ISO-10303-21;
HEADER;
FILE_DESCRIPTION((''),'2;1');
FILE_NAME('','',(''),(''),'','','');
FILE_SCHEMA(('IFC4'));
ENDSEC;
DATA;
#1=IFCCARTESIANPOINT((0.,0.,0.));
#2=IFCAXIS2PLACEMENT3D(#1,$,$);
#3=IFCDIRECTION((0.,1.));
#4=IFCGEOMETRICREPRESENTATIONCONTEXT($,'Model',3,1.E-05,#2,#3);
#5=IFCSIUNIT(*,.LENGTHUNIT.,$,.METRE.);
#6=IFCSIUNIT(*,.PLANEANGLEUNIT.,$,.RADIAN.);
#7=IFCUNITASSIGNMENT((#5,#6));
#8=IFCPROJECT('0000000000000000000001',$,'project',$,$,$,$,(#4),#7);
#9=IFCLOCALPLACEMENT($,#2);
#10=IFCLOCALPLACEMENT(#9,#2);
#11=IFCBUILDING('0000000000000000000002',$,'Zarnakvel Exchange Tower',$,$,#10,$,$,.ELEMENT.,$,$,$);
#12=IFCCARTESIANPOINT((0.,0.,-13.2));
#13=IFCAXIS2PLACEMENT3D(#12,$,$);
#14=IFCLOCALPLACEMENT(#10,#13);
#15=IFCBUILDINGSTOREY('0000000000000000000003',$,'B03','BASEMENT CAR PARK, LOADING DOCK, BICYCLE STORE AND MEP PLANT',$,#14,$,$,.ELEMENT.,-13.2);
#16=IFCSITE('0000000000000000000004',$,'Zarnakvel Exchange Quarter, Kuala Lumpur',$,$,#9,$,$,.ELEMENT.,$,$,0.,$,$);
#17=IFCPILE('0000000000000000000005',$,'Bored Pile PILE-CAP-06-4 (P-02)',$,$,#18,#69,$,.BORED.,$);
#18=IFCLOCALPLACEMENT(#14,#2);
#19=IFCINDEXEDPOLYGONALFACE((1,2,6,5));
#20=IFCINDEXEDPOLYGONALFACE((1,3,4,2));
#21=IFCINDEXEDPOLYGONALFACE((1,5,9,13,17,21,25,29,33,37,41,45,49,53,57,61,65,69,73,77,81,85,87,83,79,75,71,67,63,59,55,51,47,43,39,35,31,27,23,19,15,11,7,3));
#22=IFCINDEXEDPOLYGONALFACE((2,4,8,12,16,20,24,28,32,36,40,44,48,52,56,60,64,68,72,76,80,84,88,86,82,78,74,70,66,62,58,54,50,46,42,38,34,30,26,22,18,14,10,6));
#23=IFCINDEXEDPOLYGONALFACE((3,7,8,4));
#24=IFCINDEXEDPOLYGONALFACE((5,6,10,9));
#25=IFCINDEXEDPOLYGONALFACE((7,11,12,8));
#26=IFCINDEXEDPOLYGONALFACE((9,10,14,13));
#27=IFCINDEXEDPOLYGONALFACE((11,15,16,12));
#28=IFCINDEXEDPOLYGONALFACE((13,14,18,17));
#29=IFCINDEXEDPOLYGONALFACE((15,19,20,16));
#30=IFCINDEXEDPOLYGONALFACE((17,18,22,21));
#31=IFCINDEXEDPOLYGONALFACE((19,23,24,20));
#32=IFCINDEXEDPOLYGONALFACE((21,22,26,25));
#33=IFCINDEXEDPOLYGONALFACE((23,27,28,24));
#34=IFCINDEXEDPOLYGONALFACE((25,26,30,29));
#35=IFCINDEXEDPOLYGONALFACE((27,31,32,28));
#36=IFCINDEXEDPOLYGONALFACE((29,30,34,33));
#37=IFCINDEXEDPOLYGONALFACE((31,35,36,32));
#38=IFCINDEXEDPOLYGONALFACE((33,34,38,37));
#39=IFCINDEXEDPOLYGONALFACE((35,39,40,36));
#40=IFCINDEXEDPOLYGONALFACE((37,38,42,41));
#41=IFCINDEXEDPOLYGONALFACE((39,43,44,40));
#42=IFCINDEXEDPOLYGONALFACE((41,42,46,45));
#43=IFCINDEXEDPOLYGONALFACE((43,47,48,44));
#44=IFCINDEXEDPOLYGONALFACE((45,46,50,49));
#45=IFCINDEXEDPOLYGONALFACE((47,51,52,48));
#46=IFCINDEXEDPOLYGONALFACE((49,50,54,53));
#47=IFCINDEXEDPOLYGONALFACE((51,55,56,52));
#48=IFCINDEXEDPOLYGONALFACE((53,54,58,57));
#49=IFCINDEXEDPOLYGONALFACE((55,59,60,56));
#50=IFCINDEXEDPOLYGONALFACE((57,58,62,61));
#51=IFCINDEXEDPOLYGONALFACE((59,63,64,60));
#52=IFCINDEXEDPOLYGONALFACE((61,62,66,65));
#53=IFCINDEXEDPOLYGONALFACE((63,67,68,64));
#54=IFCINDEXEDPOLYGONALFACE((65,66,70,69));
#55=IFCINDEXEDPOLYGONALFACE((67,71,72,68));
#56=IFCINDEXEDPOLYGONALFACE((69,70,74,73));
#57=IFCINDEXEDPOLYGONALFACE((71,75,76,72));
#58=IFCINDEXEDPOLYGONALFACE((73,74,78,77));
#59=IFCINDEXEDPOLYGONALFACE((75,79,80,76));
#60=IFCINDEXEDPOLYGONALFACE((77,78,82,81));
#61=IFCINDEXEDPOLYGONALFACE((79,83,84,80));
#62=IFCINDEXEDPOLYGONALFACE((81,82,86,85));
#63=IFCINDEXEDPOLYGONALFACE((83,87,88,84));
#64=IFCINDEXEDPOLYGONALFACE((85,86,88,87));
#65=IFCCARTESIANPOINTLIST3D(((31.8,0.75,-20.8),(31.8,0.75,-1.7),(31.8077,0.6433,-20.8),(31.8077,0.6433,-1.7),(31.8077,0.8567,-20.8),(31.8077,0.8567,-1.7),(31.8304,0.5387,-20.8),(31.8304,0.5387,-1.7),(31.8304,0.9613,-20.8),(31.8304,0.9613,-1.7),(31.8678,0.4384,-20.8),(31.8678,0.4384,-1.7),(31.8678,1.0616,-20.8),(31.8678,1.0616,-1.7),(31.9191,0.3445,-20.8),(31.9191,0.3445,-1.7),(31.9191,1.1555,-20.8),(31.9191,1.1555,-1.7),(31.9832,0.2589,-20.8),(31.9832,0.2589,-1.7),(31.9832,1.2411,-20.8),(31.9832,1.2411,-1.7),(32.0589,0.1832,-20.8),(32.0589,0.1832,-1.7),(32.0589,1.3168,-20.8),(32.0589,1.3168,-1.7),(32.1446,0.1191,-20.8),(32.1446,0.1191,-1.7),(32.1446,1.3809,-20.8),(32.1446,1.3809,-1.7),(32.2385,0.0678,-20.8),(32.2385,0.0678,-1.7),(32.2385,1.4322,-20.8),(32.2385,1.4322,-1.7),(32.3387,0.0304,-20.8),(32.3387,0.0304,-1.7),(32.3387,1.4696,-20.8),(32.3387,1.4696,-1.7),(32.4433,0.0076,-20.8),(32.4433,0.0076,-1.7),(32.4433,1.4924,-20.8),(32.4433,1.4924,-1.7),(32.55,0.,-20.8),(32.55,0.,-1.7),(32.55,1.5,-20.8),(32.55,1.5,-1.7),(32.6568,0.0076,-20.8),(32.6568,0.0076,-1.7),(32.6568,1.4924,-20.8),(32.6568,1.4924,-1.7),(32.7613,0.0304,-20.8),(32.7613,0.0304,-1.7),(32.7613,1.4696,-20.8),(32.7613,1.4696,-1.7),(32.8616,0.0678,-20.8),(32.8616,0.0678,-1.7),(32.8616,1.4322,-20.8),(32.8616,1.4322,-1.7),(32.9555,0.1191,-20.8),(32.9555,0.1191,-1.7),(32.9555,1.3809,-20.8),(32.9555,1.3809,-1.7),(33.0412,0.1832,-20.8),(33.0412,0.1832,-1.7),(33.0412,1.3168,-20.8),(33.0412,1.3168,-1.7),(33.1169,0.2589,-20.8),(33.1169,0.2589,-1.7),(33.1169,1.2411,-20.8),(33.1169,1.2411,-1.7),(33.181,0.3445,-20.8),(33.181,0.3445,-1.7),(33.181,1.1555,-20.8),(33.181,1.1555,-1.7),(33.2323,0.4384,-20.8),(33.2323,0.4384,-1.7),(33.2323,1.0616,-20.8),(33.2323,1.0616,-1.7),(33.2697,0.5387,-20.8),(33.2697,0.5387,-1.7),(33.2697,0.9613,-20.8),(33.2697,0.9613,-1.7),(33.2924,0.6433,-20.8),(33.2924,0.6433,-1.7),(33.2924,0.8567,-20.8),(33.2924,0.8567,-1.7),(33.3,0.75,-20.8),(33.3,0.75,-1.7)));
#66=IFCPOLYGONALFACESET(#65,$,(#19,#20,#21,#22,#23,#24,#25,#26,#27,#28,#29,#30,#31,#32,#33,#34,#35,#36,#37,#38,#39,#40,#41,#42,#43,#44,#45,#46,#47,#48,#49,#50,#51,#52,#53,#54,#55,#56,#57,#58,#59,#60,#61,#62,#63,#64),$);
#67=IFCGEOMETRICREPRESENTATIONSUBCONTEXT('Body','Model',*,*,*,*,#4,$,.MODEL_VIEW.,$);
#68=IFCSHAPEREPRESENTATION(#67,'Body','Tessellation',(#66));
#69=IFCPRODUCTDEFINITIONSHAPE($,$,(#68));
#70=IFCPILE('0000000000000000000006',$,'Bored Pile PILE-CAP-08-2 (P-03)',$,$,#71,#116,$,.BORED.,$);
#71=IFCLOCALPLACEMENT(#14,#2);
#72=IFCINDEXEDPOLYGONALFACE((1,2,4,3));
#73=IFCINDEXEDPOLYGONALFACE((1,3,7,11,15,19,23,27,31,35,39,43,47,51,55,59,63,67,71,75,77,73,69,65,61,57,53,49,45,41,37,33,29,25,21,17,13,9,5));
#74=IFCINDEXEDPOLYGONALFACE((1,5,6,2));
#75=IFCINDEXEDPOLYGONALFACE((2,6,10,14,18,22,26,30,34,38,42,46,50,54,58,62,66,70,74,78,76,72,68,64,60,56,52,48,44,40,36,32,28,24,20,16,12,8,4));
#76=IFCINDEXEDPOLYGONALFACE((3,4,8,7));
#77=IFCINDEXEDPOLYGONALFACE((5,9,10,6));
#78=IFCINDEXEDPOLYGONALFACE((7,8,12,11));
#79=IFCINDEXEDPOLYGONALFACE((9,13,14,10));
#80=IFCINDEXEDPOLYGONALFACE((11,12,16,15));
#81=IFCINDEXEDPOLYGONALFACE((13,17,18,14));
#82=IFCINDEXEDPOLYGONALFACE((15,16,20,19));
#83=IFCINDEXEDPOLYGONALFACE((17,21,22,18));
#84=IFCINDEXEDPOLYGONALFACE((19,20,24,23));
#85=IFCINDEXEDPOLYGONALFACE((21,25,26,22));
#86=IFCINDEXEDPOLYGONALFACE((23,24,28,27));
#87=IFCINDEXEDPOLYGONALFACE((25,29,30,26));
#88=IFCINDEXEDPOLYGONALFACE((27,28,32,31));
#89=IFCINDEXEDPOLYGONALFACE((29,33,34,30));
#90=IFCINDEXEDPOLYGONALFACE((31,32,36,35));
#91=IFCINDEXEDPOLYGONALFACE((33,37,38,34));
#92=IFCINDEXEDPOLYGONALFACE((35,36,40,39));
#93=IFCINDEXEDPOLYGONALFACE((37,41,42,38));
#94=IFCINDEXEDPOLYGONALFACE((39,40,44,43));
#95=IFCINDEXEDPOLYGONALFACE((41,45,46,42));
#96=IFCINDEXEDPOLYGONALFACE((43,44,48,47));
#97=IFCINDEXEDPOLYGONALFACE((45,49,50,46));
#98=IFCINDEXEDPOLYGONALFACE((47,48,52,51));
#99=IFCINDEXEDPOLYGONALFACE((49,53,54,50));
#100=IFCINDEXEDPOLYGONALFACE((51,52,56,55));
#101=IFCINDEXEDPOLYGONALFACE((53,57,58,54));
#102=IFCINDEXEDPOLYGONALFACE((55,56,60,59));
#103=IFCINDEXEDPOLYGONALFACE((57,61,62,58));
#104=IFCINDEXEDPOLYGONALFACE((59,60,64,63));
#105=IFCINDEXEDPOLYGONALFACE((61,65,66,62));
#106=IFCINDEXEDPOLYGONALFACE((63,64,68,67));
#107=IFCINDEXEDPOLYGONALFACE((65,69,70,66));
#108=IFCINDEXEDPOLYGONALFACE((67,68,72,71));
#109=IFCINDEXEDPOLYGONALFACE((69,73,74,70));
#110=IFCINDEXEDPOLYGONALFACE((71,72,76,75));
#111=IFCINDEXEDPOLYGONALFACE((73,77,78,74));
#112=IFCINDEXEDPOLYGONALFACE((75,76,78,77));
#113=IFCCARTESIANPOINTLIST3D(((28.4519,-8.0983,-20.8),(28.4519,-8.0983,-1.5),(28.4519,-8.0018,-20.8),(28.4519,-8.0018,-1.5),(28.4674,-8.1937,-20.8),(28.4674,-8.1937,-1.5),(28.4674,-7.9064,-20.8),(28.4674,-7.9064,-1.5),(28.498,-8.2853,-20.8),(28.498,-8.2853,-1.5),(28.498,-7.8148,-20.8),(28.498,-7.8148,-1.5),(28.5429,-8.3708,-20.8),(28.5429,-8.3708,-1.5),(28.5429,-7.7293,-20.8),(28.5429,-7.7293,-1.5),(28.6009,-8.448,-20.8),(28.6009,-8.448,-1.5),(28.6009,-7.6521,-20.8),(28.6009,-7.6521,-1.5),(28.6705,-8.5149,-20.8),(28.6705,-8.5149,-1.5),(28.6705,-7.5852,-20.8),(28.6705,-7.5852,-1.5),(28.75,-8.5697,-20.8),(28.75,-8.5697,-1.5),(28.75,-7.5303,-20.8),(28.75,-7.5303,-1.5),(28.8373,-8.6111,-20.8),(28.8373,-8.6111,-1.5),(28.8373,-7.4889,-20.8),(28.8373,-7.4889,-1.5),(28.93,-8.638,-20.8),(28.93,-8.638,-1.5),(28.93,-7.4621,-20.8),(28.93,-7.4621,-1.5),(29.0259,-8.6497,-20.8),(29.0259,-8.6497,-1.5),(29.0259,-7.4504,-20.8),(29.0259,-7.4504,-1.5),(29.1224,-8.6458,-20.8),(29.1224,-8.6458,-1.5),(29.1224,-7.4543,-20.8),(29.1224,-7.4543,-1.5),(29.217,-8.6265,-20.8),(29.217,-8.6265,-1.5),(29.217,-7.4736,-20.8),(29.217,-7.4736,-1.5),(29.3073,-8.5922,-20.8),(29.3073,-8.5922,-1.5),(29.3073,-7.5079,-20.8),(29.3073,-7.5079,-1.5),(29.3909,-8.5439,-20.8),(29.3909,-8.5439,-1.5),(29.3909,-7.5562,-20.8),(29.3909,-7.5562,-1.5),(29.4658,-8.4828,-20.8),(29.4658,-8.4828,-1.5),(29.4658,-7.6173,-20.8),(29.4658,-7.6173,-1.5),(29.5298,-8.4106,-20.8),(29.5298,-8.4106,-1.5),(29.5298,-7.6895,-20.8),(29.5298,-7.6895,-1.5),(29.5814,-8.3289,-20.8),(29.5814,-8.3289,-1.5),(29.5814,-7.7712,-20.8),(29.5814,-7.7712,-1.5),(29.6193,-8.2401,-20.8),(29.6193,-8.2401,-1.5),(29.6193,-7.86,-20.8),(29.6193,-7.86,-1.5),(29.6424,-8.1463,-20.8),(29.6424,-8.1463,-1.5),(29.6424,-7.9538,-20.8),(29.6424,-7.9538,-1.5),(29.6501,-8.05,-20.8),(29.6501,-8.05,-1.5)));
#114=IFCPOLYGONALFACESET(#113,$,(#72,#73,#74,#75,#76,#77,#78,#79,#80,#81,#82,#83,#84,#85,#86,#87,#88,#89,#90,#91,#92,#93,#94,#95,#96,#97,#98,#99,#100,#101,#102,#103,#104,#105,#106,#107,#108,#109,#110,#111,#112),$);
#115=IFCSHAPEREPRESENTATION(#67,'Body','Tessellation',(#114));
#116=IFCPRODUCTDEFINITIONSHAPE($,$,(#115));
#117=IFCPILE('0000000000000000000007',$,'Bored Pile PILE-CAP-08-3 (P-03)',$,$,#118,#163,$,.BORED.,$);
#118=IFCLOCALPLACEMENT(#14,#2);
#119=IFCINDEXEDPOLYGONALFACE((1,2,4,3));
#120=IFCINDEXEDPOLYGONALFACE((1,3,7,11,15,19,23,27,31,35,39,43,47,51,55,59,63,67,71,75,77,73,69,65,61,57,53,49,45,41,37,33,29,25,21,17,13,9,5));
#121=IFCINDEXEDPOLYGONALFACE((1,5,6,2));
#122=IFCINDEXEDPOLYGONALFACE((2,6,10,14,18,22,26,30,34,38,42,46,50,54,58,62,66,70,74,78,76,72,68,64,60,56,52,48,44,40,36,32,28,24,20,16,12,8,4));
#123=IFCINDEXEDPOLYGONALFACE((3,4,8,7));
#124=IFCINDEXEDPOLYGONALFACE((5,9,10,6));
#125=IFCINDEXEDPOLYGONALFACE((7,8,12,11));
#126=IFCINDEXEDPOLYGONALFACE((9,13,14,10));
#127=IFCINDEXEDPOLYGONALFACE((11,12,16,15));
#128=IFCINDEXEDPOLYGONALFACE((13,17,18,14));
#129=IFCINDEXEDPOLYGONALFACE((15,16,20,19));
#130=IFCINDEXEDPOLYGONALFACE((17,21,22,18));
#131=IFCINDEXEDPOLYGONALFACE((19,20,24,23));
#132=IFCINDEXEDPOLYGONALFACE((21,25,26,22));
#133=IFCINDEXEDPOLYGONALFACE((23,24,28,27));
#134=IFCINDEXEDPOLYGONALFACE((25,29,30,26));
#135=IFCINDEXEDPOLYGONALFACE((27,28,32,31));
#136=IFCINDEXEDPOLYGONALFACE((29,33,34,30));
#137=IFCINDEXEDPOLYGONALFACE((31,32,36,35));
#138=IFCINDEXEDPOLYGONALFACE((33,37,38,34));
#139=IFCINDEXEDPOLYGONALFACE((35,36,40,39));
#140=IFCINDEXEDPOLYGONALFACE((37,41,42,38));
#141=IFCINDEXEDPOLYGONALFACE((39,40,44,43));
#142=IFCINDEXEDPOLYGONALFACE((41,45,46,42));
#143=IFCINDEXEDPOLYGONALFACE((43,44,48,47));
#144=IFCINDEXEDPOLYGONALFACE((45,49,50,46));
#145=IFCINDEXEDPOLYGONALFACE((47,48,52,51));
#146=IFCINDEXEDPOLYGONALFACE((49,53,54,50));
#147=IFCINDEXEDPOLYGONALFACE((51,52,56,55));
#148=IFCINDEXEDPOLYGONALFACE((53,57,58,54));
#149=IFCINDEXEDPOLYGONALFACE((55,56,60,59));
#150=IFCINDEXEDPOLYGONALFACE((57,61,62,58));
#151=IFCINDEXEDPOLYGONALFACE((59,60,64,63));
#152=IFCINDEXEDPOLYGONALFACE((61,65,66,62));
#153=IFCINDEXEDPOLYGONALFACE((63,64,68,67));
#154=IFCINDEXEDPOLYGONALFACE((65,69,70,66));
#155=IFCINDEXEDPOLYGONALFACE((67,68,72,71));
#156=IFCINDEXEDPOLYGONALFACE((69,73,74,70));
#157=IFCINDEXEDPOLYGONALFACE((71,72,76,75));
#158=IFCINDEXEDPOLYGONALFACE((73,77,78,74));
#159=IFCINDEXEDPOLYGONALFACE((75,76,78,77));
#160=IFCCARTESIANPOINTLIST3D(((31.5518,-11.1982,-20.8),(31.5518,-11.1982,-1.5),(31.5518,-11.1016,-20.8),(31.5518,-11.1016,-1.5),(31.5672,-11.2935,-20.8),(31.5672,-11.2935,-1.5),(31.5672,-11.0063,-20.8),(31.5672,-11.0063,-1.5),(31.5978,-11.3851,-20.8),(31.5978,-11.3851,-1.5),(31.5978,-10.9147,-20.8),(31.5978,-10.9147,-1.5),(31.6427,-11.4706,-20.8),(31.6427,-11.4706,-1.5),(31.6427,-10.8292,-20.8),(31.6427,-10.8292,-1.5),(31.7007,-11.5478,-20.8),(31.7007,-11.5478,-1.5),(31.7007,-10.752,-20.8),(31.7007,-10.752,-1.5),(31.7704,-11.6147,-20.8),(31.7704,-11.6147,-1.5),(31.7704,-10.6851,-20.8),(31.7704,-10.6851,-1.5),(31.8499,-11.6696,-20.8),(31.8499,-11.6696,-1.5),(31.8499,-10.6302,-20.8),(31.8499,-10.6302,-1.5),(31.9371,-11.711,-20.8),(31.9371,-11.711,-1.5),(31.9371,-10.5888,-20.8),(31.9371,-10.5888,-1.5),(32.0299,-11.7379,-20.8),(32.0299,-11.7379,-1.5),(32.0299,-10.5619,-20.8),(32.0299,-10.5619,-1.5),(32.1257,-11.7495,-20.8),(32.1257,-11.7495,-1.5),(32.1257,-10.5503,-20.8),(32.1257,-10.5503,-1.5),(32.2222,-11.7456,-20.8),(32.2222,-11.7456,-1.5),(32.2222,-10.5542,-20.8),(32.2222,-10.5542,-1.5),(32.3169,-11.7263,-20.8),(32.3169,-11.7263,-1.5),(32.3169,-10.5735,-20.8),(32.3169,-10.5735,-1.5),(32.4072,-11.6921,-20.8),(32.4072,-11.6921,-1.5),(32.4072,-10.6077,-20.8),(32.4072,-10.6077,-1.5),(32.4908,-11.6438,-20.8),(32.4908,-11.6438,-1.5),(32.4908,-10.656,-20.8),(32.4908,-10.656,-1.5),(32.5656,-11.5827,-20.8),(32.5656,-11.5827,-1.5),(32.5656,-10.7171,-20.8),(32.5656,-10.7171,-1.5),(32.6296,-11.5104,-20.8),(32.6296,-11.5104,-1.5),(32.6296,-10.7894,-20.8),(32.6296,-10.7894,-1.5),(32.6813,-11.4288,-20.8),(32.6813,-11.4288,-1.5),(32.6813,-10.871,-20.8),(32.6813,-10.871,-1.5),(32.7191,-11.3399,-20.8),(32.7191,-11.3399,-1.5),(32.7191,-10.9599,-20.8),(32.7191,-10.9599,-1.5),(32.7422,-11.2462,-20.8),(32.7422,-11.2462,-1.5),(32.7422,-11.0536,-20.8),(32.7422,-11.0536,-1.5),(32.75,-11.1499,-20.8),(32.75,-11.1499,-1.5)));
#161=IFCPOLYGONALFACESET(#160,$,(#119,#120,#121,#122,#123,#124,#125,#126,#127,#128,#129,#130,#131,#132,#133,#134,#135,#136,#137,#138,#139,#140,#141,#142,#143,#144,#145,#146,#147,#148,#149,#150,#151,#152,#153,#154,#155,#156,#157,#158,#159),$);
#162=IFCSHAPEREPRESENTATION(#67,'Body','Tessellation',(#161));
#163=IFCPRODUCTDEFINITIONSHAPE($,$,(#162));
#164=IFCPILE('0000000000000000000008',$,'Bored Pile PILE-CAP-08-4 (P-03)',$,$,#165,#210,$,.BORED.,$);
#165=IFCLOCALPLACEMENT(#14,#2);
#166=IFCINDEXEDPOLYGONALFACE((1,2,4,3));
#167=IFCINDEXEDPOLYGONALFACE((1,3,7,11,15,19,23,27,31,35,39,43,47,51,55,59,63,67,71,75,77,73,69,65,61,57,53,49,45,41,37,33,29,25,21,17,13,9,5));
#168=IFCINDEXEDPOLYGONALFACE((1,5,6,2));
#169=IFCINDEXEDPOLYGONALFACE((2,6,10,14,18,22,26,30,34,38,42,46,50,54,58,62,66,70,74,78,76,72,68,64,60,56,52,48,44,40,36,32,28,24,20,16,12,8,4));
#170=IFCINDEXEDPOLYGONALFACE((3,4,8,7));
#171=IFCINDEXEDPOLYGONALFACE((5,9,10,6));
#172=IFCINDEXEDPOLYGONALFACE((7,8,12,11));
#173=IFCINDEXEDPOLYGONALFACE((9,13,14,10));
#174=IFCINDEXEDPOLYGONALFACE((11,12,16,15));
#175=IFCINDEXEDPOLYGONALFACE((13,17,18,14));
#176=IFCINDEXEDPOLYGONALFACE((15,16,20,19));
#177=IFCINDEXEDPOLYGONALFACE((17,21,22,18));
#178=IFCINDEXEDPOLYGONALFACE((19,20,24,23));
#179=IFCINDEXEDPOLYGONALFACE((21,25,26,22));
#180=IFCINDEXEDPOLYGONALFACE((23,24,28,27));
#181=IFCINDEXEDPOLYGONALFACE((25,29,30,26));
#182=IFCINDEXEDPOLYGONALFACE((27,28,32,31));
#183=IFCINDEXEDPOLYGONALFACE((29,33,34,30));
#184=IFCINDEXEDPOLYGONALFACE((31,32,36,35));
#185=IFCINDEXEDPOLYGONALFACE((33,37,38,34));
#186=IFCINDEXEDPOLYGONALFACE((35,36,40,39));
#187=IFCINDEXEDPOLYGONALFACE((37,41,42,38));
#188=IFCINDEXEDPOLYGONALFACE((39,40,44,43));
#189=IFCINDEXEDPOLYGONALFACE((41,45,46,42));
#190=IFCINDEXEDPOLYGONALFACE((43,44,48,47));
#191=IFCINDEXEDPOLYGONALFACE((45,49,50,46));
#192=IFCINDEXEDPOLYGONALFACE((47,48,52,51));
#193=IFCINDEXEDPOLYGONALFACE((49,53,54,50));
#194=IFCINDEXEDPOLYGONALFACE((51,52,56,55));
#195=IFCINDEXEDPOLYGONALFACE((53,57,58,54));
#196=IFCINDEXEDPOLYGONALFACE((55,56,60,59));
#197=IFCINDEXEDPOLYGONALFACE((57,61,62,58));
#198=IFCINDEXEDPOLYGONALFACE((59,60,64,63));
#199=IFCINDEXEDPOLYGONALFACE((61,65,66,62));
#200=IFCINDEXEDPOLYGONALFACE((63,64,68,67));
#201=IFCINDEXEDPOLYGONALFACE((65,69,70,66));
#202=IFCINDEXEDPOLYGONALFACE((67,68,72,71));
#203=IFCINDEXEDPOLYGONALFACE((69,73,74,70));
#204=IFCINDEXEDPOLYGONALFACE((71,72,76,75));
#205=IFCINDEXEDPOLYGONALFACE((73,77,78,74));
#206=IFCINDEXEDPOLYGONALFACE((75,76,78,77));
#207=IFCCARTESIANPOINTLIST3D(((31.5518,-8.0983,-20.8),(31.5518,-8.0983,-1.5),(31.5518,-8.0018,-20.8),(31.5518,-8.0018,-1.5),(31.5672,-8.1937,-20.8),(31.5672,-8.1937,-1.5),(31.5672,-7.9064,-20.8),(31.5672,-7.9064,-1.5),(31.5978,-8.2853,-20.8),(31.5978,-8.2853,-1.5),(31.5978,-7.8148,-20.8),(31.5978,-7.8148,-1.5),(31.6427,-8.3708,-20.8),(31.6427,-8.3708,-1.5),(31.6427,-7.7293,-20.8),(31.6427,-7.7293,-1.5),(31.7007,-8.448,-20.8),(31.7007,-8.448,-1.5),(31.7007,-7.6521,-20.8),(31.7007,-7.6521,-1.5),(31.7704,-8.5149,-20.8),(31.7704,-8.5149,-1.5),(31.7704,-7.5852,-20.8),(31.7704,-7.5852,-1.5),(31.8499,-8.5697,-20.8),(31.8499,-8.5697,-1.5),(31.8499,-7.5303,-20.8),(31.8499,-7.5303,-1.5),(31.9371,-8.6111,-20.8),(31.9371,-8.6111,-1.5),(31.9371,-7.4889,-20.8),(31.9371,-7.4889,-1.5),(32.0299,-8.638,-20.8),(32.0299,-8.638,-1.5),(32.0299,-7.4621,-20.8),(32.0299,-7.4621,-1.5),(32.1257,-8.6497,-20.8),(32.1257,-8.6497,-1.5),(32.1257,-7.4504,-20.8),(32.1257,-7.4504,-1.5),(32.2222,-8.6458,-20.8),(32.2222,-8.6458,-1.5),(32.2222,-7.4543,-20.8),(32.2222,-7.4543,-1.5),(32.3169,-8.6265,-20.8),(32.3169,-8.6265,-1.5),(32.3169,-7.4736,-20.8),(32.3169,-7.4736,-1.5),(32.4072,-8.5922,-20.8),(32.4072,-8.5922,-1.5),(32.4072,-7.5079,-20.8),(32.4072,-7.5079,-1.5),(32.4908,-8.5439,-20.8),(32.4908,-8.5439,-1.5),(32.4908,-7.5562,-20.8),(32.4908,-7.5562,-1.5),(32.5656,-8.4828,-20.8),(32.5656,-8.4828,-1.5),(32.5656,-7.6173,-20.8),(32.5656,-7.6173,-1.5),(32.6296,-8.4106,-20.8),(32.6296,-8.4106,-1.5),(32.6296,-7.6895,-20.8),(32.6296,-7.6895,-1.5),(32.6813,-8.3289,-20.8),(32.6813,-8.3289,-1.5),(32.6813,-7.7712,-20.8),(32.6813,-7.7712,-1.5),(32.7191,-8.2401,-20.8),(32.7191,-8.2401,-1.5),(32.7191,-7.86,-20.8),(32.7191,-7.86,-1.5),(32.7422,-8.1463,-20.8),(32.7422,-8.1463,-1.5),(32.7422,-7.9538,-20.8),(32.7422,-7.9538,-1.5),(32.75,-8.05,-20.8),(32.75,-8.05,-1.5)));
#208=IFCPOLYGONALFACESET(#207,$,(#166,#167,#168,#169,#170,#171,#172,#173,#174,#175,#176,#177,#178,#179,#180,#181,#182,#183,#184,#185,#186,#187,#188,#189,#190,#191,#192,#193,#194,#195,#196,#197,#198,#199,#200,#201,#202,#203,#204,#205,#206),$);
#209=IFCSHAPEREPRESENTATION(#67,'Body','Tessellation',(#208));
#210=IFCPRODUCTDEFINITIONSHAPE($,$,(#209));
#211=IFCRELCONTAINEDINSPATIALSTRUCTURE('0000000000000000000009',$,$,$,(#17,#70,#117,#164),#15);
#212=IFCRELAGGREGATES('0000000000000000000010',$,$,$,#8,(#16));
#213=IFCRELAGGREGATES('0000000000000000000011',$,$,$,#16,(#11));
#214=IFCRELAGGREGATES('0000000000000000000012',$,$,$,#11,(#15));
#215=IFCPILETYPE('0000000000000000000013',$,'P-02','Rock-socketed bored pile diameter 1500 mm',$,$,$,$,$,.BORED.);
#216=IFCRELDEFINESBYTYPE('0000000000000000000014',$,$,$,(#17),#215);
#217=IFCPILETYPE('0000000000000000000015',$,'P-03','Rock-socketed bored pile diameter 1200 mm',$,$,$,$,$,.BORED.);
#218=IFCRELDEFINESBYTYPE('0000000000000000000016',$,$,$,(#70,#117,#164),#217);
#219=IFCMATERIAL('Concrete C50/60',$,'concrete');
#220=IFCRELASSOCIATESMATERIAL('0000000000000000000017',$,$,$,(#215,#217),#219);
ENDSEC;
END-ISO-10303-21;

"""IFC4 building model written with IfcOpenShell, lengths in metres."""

from ifc_helpers import new_model, si_unit, direction, frame, origin, origin_2d, place, context, subcontext, project, spatial, circle, extrude, material, material_profile, profile_set, type_object, element, save


model = new_model("IFC4")

# Units and contexts
model_context = context("Model", 3, precision=1e-05, world=origin(), true_north=direction((0.0, 1.0)))
body_context = subcontext(model_context, "Body", "Model", "MODEL_VIEW")
ifc_project = project(units=[si_unit("LENGTHUNIT", "METRE"), si_unit("PLANEANGLEUNIT", "RADIAN")], contexts=[model_context])

# Site, building, storey
site_placement = place(None, origin())
site = spatial("IfcSite", under=ifc_project, at=site_placement, Name="Zarnakvel Exchange Quarter, Kuala Lumpur", CompositionType="ELEMENT", RefElevation=0.0)
building_placement = place(site_placement, origin())
building = spatial("IfcBuilding", under=site, at=building_placement, Name="Zarnakvel Exchange Tower", CompositionType="ELEMENT")
storey_placement = place(building_placement, frame((0.0, 0.0, -13.2)))
storey = spatial("IfcBuildingStorey", under=building, at=storey_placement, Name="B03", Description="BASEMENT CAR PARK, LOADING DOCK, BICYCLE STORE AND MEP PLANT", CompositionType="ELEMENT", Elevation=-13.2)

# Shared definitions
ifc_material_1 = material(Name="Concrete C50/60", Category="concrete")

# Piles
ifc_material_profile_1 = material_profile(ifc_material_1, circle(Radius=0.75, at=origin_2d()))
ifc_profile_set_1 = profile_set([ifc_material_profile_1], Name="Concrete C50/60")
pile_type_1 = type_object("IfcPileType", Name="P-02", Description="Rock-socketed bored pile diameter 1500 mm", PredefinedType="BORED", material=ifc_profile_set_1)
for number, where, z_axis, x_axis, name in (
    (1, (32.55, 0.75, -1.7), (0.0, 0.0, -1.0), (1.0, 0.0, 0.0), "Bored Pile PILE-CAP-06-4 (P-02)"),
):
    element("IfcPile", number, at=place(storey_placement, frame(where, z_axis=z_axis, x_axis=x_axis)), inside=storey, type_object=pile_type_1, Name=name, PredefinedType="BORED", context=body_context, shape_type="SweptSolid", body=[
        extrude(circle(Radius=0.75, at=origin_2d()), origin(), (0.0, 0.0, 1.0), 19.1001),
    ])
ifc_material_profile_2 = material_profile(ifc_material_1, circle(Radius=0.6001, at=origin_2d()))
ifc_profile_set_2 = profile_set([ifc_material_profile_2], Name="Concrete C50/60")
pile_type_2 = type_object("IfcPileType", Name="P-03", Description="Rock-socketed bored pile diameter 1200 mm", PredefinedType="BORED", material=ifc_profile_set_2)
for number, where, z_axis, x_axis, name in (
    (2, (29.05, -8.05, -1.5), (0.0, 0.0, -1.0), (1.0, 0.0, 0.0), "Bored Pile PILE-CAP-08-2 (P-03)"),
    (3, (32.1499, -11.1499, -1.5), (0.0, 0.0, -1.0), (1.0, 0.0, 0.0), "Bored Pile PILE-CAP-08-3 (P-03)"),
    (4, (32.1499, -8.05, -1.5), (0.0, 0.0, -1.0), (1.0, 0.0, 0.0), "Bored Pile PILE-CAP-08-4 (P-03)"),
):
    element("IfcPile", number, at=place(storey_placement, frame(where, z_axis=z_axis, x_axis=x_axis)), inside=storey, type_object=pile_type_2, Name=name, PredefinedType="BORED", context=body_context, shape_type="SweptSolid", body=[
        extrude(circle(Radius=0.6001, at=origin_2d()), origin(), (0.0, 0.0, 1.0), 19.3),
    ])

save(model, "model.ifc")
